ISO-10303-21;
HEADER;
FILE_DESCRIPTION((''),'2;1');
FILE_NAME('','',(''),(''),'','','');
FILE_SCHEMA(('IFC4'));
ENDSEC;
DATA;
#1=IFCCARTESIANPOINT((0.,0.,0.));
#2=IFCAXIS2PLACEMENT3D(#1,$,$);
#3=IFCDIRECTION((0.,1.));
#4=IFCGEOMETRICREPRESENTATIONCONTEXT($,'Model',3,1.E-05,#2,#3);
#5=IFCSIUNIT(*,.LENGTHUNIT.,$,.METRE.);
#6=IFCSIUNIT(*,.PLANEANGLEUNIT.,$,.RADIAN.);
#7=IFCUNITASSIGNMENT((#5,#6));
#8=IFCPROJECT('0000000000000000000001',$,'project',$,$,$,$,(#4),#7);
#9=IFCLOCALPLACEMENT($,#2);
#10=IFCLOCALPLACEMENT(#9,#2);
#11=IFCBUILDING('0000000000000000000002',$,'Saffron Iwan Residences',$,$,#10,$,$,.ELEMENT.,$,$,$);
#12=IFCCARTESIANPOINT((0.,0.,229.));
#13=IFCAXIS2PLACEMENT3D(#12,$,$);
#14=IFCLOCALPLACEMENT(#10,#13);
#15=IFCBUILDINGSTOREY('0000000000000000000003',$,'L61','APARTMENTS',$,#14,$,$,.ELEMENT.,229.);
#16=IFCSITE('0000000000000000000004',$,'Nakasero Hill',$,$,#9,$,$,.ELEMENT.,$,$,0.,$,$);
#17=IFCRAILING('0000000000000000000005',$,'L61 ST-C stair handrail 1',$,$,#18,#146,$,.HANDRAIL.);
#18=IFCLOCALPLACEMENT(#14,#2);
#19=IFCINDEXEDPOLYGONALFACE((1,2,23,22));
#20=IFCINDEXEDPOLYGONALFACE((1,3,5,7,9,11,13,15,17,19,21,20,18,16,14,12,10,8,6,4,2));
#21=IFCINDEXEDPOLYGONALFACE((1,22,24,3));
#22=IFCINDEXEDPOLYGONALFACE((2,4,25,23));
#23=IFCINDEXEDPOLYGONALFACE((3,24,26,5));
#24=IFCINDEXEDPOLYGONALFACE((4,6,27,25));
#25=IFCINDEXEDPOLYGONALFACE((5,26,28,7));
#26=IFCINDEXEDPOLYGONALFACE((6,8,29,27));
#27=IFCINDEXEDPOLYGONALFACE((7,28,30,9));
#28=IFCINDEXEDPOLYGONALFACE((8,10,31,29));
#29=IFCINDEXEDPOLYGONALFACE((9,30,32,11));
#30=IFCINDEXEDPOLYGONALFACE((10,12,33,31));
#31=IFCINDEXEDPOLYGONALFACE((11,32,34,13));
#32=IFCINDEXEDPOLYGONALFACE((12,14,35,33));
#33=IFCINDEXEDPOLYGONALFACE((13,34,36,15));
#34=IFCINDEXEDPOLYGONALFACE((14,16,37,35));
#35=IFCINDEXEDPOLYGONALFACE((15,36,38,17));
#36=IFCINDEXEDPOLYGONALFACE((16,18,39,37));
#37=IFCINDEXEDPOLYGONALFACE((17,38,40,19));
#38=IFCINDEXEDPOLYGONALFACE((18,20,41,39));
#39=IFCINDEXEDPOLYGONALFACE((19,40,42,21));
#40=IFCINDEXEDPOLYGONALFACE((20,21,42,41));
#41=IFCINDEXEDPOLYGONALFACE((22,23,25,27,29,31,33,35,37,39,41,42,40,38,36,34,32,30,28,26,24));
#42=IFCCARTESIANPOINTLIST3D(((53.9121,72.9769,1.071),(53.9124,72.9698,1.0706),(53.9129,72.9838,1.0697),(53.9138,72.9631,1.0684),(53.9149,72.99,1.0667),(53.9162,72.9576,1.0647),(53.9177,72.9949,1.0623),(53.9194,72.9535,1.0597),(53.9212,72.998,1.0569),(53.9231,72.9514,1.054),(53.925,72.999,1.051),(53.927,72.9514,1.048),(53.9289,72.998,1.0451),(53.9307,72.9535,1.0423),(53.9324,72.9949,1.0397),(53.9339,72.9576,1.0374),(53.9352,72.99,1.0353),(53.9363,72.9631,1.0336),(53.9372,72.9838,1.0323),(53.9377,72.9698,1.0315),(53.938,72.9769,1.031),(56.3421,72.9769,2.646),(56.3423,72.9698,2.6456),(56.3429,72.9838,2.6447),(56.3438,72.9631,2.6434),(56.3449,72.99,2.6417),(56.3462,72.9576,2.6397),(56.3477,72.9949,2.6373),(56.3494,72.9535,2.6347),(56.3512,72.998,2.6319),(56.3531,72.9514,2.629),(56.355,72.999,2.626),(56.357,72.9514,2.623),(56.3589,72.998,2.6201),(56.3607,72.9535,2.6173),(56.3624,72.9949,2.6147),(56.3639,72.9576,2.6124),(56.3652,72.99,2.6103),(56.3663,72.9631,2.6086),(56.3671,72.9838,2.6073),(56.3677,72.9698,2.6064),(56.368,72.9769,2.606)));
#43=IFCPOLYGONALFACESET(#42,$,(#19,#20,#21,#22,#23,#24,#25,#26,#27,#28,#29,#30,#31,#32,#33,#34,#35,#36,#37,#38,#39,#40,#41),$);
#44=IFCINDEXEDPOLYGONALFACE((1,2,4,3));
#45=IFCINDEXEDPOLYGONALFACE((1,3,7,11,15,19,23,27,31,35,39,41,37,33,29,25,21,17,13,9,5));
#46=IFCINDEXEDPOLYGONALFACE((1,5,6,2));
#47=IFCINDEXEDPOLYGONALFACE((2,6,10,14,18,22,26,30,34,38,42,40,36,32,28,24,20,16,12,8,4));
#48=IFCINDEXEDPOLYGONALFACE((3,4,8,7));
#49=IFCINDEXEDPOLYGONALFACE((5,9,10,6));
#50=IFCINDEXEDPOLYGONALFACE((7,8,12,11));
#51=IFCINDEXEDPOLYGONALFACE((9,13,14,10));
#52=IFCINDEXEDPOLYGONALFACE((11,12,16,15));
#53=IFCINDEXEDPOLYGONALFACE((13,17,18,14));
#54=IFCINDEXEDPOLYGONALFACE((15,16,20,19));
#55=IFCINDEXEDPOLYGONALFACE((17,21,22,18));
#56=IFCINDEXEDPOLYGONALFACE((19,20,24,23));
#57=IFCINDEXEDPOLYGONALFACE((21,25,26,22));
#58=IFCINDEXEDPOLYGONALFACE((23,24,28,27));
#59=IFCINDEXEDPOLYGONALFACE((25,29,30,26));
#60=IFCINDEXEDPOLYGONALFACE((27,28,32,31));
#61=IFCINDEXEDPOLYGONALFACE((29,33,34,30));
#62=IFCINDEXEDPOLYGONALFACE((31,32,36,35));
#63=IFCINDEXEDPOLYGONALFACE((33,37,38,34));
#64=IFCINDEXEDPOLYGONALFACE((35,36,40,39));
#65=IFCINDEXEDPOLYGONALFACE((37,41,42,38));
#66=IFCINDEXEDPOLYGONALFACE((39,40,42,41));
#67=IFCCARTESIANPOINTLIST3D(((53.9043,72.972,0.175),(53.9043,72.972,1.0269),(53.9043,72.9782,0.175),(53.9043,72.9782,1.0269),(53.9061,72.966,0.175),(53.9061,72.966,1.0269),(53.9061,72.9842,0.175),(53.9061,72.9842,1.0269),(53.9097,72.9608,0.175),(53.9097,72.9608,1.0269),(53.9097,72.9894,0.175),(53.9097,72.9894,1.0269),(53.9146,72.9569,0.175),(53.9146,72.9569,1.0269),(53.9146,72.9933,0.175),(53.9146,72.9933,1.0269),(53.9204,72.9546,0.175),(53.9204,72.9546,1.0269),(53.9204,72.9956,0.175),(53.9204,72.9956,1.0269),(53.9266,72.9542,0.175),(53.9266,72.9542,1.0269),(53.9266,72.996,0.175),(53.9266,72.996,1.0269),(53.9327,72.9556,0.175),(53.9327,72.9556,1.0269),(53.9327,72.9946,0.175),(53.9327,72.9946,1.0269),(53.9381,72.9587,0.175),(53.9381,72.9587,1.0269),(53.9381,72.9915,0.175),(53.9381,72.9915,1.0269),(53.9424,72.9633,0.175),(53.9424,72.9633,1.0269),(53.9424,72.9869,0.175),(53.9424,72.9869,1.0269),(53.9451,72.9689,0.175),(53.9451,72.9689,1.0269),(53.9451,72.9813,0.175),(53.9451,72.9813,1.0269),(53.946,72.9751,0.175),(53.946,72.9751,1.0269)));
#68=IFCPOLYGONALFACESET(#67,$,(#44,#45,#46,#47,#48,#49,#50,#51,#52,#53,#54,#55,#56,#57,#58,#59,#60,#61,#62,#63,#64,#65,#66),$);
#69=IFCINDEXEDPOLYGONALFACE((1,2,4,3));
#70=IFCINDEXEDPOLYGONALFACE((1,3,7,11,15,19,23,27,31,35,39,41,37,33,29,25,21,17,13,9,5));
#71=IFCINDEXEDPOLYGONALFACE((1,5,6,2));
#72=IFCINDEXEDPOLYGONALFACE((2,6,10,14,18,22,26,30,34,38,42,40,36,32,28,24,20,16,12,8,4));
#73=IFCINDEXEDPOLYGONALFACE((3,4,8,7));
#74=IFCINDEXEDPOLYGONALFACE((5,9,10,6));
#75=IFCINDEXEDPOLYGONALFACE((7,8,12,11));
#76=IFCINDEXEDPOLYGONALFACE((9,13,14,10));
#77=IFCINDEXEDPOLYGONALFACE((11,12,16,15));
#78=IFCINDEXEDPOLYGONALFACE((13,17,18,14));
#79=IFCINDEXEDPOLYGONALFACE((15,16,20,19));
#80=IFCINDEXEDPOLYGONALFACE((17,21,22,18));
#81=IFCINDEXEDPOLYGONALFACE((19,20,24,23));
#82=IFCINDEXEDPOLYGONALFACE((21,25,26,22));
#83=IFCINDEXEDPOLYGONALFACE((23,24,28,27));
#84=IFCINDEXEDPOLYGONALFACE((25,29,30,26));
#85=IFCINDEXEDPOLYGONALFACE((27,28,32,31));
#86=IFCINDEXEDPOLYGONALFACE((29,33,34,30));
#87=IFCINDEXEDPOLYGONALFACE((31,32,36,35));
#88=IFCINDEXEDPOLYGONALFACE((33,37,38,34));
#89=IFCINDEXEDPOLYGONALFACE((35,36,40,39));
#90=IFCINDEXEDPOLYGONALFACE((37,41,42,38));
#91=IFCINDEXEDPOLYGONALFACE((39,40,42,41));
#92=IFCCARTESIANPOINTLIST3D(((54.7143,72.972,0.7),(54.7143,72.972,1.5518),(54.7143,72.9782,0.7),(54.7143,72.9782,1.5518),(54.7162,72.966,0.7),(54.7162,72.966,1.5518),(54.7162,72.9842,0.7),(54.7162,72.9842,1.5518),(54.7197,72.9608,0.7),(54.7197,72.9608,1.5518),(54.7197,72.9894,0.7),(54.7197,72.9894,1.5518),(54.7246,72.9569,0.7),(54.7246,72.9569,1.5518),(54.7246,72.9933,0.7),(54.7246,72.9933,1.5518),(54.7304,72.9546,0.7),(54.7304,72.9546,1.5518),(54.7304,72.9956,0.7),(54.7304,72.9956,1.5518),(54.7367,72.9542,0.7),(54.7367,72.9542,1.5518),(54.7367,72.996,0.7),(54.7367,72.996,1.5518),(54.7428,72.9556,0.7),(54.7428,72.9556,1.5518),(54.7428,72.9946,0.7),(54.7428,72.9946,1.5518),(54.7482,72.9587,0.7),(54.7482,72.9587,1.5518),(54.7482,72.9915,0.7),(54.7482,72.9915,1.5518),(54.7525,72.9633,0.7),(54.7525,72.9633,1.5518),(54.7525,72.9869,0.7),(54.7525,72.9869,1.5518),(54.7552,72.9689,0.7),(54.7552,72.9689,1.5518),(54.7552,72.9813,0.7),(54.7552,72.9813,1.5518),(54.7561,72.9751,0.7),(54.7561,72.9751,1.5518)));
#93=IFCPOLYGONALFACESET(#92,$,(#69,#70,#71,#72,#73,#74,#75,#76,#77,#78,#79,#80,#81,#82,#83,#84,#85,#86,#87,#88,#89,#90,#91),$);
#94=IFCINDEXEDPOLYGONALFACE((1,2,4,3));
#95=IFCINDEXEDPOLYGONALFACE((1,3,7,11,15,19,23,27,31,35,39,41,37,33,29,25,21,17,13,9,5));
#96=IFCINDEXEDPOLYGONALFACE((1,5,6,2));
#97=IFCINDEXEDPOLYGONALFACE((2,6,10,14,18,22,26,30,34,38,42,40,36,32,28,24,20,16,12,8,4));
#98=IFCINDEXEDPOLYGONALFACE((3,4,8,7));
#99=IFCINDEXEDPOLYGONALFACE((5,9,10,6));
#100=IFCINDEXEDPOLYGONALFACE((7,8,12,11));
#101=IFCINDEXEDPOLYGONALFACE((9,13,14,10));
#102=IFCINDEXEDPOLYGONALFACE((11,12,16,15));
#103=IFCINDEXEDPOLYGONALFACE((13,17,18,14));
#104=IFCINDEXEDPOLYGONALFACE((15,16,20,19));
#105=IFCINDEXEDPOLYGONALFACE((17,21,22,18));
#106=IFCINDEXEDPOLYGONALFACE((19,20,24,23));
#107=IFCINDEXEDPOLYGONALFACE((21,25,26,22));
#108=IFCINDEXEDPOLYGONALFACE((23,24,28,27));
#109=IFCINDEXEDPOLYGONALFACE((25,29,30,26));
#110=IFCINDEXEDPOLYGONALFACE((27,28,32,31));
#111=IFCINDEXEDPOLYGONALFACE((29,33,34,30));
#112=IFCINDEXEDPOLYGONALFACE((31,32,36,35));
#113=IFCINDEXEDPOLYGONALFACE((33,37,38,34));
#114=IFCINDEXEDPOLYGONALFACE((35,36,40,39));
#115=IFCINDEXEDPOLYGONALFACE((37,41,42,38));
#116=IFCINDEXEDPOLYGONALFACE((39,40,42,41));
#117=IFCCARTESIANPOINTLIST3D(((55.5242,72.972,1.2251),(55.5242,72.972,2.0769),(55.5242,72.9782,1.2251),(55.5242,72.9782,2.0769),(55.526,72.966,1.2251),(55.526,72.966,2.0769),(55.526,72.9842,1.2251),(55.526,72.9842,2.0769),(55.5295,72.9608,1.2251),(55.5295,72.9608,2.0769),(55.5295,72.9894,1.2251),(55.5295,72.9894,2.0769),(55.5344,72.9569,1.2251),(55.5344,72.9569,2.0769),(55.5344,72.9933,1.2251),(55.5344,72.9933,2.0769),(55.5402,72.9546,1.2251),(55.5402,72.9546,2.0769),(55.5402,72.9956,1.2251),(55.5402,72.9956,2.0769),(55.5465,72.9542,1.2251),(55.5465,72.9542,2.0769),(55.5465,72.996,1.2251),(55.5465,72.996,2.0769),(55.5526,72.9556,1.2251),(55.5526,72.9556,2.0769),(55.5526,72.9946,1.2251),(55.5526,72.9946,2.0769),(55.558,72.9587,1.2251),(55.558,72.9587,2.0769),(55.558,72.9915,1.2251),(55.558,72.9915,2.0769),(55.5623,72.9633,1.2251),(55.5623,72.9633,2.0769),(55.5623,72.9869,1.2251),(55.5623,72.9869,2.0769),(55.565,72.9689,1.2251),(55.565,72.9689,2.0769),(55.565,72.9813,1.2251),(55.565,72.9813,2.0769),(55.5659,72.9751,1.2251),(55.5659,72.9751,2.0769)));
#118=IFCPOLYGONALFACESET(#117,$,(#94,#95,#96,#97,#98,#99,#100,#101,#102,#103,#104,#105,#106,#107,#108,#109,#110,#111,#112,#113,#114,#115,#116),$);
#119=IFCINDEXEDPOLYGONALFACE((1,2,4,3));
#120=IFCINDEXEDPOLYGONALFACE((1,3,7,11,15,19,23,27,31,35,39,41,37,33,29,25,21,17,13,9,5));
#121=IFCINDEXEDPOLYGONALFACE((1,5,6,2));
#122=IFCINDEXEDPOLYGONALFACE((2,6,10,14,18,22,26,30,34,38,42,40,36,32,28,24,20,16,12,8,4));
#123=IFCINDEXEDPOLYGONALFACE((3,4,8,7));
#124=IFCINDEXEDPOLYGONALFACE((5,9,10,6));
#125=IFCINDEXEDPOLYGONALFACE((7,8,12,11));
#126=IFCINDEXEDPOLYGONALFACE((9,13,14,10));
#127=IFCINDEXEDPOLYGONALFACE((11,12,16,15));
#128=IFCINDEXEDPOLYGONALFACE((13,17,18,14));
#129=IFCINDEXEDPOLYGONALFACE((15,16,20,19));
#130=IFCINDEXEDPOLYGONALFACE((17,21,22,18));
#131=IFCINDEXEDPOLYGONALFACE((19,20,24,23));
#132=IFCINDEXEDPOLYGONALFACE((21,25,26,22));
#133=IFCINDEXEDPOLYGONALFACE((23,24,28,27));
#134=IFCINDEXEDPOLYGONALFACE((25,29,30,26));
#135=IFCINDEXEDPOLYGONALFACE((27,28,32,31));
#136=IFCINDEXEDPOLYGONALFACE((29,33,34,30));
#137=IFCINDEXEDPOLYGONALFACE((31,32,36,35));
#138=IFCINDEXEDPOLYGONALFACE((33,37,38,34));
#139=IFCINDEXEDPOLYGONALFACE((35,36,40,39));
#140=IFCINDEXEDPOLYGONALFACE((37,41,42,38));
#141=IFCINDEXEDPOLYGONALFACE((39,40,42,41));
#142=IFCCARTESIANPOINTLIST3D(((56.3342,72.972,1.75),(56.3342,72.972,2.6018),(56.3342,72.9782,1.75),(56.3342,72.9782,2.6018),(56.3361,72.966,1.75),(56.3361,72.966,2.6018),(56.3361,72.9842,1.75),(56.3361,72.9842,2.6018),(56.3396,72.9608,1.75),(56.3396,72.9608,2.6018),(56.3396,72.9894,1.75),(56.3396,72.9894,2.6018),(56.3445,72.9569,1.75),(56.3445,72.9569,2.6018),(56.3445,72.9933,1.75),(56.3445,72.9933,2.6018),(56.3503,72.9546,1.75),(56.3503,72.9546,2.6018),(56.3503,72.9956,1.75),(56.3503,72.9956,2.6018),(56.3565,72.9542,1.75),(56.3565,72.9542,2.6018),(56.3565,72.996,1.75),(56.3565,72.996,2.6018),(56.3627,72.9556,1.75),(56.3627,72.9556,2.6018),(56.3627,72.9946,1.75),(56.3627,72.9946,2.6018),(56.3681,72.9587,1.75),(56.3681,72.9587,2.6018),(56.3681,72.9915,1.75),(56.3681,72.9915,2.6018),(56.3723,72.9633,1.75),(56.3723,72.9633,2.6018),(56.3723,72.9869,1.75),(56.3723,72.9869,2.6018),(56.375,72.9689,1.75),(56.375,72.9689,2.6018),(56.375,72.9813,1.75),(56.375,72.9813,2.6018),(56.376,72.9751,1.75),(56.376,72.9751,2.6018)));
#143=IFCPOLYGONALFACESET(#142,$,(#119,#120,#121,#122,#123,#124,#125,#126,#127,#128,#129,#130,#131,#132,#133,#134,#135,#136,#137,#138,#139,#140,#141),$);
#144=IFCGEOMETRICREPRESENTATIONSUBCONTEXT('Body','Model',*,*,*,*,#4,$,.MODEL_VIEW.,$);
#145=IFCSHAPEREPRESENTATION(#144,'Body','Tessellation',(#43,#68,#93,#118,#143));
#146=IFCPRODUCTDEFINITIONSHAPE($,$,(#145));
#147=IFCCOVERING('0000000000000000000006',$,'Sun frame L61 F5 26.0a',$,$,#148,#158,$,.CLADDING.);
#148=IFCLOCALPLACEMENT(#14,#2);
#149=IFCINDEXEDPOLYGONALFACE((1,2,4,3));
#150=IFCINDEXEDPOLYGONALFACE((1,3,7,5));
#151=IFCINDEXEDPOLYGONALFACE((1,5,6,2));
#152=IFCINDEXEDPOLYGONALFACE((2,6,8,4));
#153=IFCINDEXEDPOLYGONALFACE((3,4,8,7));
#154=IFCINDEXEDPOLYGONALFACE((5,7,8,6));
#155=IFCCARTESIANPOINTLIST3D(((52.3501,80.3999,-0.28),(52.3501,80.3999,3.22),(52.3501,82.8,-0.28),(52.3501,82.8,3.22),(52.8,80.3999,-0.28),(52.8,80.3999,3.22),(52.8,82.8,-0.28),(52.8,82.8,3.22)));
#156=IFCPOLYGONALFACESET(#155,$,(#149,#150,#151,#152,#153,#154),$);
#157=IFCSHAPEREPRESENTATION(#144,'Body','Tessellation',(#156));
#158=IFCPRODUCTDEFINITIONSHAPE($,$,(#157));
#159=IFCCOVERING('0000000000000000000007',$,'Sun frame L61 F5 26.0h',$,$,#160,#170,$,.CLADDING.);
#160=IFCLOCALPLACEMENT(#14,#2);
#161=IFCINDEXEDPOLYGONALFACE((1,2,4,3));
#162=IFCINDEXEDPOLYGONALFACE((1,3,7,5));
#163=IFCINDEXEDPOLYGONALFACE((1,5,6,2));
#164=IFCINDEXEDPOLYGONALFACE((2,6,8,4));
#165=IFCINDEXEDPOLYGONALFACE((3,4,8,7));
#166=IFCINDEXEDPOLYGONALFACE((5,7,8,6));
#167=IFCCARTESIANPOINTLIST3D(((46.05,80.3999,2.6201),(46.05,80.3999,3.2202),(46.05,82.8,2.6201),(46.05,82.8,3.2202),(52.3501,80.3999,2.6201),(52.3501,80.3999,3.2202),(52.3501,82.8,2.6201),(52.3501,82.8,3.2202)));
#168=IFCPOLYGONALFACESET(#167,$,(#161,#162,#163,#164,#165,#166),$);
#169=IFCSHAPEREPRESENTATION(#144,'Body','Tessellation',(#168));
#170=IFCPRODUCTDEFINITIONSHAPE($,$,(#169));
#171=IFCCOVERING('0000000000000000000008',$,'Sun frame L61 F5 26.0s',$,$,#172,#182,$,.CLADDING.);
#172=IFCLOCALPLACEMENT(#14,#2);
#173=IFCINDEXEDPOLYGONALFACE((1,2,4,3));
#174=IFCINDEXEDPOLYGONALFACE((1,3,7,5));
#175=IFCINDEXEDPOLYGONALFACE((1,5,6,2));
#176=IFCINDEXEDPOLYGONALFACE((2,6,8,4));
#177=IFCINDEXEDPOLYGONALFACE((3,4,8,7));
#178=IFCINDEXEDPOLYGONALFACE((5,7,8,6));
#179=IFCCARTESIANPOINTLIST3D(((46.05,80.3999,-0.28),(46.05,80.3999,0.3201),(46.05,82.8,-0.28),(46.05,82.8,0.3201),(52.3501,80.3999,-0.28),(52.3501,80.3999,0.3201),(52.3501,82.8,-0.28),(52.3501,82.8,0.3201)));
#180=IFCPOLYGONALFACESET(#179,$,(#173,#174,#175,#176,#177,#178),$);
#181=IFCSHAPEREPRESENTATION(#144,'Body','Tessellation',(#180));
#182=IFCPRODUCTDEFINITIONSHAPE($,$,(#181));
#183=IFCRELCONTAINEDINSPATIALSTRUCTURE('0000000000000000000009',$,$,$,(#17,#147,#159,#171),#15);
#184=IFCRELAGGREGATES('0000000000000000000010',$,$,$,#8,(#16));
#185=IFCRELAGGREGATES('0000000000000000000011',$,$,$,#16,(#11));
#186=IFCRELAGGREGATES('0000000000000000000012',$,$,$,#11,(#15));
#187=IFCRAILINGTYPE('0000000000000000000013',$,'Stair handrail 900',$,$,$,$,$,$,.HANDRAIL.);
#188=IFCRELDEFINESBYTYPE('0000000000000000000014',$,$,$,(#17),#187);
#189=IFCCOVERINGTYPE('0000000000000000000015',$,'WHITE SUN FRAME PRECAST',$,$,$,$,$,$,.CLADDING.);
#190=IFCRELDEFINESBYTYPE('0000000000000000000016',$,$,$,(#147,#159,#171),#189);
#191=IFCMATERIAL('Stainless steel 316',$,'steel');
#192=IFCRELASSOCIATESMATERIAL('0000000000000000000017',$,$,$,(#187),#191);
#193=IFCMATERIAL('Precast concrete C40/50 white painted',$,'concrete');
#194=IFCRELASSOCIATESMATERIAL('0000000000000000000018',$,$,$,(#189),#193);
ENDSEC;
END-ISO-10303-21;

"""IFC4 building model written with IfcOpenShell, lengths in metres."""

from ifc_helpers import new_model, si_unit, direction, frame, origin, origin_2d, place, context, subcontext, project, spatial, polyline, circle, outline, extrude, material, type_object, element, save


model = new_model("IFC4")

# Units and contexts
model_context = context("Model", 3, precision=1e-05, world=origin(), true_north=direction((0.0, 1.0)))
body_context = subcontext(model_context, "Body", "Model", "MODEL_VIEW")
ifc_project = project(units=[si_unit("LENGTHUNIT", "METRE"), si_unit("PLANEANGLEUNIT", "RADIAN")], contexts=[model_context])

# Site, building, storey
site_placement = place(None, origin())
site = spatial("IfcSite", under=ifc_project, at=site_placement, Name="Nakasero Hill", CompositionType="ELEMENT", RefElevation=0.0)
building_placement = place(site_placement, origin())
building = spatial("IfcBuilding", under=site, at=building_placement, Name="Saffron Iwan Residences", CompositionType="ELEMENT")
storey_placement = place(building_placement, frame((0.0, 0.0, 229.0)))
storey = spatial("IfcBuildingStorey", under=building, at=storey_placement, Name="L61", Description="APARTMENTS", CompositionType="ELEMENT", Elevation=229.0)

# Railing
ifc_material_1 = material(Name="Stainless steel 316", Category="steel")
railing_type_1 = type_object("IfcRailingType", Name="Stair handrail 900", PredefinedType="HANDRAIL", material=ifc_material_1)
railing_1_placement = place(storey_placement, frame((53.925, 72.9751, 0.175)))
element("IfcRailing", 1, at=railing_1_placement, inside=storey, type_object=railing_type_1, Name="L61 ST-C stair handrail 1", PredefinedType="HANDRAIL", context=body_context, shape_type="SweptSolid", body=[
    extrude(circle(Radius=0.0239, at=origin_2d()), frame((0.0, 0.0, 0.876), z_axis=(0.839154, 0.0, 0.543894), x_axis=(0.0, 1.0, 0.0)), (0.0, 0.0, 1.0), 2.8958),
    extrude(circle(Radius=0.021, at=origin_2d()), origin(), (0.0, 0.0, 1.0), 0.8518),
    extrude(circle(Radius=0.021, at=origin_2d()), frame((0.8101, 0.0, 0.5249)), (0.0, 0.0, 1.0), 0.8518),
    extrude(circle(Radius=0.021, at=origin_2d()), frame((1.6199, 0.0, 1.05)), (0.0, 0.0, 1.0), 0.8518),
    extrude(circle(Radius=0.021, at=origin_2d()), frame((2.4299, 0.0, 1.575)), (0.0, 0.0, 1.0), 0.8518),
])

# Coverings
ifc_material_2 = material(Name="Precast concrete C40/50 white painted", Category="concrete")
covering_type = type_object("IfcCoveringType", Name="WHITE SUN FRAME PRECAST", PredefinedType="CLADDING", material=ifc_material_2)
covering_placement = place(storey_placement, frame((52.8, 80.3999, -0.28), z_axis=(0.0, 1.0, 0.0), x_axis=(-1.0, 0.0, 0.0)))
element("IfcCovering", 2, at=covering_placement, inside=storey, type_object=covering_type, Name="Sun frame L61 F5 26.0a", PredefinedType="CLADDING", context=body_context, shape_type="SweptSolid", body=[
    extrude(outline(polyline([(0.0, 0.0), (0.45, 0.0), (0.45, 3.5), (0.0, 3.5), (0.0, 0.0)])), origin(), (0.0, 0.0, 1.0), 2.4001),
])
for number, where, z_axis, x_axis, name in (
    (3, (52.3501, 80.3999, 2.6201), (0.0, 1.0, 0.0), (-1.0, 0.0, 0.0), "Sun frame L61 F5 26.0h"),
    (4, (52.3501, 80.3999, -0.28), (0.0, 1.0, 0.0), (-1.0, 0.0, 0.0), "Sun frame L61 F5 26.0s"),
):
    element("IfcCovering", number, at=place(storey_placement, frame(where, z_axis=z_axis, x_axis=x_axis)), inside=storey, type_object=covering_type, Name=name, PredefinedType="CLADDING", context=body_context, shape_type="SweptSolid", body=[
        extrude(outline(polyline([(0.0, 0.0), (6.3, 0.0), (6.3, 0.6001), (0.0, 0.6001), (0.0, 0.0)])), origin(), (0.0, 0.0, 1.0), 2.4001),
    ])

save(model, "model.ifc")
